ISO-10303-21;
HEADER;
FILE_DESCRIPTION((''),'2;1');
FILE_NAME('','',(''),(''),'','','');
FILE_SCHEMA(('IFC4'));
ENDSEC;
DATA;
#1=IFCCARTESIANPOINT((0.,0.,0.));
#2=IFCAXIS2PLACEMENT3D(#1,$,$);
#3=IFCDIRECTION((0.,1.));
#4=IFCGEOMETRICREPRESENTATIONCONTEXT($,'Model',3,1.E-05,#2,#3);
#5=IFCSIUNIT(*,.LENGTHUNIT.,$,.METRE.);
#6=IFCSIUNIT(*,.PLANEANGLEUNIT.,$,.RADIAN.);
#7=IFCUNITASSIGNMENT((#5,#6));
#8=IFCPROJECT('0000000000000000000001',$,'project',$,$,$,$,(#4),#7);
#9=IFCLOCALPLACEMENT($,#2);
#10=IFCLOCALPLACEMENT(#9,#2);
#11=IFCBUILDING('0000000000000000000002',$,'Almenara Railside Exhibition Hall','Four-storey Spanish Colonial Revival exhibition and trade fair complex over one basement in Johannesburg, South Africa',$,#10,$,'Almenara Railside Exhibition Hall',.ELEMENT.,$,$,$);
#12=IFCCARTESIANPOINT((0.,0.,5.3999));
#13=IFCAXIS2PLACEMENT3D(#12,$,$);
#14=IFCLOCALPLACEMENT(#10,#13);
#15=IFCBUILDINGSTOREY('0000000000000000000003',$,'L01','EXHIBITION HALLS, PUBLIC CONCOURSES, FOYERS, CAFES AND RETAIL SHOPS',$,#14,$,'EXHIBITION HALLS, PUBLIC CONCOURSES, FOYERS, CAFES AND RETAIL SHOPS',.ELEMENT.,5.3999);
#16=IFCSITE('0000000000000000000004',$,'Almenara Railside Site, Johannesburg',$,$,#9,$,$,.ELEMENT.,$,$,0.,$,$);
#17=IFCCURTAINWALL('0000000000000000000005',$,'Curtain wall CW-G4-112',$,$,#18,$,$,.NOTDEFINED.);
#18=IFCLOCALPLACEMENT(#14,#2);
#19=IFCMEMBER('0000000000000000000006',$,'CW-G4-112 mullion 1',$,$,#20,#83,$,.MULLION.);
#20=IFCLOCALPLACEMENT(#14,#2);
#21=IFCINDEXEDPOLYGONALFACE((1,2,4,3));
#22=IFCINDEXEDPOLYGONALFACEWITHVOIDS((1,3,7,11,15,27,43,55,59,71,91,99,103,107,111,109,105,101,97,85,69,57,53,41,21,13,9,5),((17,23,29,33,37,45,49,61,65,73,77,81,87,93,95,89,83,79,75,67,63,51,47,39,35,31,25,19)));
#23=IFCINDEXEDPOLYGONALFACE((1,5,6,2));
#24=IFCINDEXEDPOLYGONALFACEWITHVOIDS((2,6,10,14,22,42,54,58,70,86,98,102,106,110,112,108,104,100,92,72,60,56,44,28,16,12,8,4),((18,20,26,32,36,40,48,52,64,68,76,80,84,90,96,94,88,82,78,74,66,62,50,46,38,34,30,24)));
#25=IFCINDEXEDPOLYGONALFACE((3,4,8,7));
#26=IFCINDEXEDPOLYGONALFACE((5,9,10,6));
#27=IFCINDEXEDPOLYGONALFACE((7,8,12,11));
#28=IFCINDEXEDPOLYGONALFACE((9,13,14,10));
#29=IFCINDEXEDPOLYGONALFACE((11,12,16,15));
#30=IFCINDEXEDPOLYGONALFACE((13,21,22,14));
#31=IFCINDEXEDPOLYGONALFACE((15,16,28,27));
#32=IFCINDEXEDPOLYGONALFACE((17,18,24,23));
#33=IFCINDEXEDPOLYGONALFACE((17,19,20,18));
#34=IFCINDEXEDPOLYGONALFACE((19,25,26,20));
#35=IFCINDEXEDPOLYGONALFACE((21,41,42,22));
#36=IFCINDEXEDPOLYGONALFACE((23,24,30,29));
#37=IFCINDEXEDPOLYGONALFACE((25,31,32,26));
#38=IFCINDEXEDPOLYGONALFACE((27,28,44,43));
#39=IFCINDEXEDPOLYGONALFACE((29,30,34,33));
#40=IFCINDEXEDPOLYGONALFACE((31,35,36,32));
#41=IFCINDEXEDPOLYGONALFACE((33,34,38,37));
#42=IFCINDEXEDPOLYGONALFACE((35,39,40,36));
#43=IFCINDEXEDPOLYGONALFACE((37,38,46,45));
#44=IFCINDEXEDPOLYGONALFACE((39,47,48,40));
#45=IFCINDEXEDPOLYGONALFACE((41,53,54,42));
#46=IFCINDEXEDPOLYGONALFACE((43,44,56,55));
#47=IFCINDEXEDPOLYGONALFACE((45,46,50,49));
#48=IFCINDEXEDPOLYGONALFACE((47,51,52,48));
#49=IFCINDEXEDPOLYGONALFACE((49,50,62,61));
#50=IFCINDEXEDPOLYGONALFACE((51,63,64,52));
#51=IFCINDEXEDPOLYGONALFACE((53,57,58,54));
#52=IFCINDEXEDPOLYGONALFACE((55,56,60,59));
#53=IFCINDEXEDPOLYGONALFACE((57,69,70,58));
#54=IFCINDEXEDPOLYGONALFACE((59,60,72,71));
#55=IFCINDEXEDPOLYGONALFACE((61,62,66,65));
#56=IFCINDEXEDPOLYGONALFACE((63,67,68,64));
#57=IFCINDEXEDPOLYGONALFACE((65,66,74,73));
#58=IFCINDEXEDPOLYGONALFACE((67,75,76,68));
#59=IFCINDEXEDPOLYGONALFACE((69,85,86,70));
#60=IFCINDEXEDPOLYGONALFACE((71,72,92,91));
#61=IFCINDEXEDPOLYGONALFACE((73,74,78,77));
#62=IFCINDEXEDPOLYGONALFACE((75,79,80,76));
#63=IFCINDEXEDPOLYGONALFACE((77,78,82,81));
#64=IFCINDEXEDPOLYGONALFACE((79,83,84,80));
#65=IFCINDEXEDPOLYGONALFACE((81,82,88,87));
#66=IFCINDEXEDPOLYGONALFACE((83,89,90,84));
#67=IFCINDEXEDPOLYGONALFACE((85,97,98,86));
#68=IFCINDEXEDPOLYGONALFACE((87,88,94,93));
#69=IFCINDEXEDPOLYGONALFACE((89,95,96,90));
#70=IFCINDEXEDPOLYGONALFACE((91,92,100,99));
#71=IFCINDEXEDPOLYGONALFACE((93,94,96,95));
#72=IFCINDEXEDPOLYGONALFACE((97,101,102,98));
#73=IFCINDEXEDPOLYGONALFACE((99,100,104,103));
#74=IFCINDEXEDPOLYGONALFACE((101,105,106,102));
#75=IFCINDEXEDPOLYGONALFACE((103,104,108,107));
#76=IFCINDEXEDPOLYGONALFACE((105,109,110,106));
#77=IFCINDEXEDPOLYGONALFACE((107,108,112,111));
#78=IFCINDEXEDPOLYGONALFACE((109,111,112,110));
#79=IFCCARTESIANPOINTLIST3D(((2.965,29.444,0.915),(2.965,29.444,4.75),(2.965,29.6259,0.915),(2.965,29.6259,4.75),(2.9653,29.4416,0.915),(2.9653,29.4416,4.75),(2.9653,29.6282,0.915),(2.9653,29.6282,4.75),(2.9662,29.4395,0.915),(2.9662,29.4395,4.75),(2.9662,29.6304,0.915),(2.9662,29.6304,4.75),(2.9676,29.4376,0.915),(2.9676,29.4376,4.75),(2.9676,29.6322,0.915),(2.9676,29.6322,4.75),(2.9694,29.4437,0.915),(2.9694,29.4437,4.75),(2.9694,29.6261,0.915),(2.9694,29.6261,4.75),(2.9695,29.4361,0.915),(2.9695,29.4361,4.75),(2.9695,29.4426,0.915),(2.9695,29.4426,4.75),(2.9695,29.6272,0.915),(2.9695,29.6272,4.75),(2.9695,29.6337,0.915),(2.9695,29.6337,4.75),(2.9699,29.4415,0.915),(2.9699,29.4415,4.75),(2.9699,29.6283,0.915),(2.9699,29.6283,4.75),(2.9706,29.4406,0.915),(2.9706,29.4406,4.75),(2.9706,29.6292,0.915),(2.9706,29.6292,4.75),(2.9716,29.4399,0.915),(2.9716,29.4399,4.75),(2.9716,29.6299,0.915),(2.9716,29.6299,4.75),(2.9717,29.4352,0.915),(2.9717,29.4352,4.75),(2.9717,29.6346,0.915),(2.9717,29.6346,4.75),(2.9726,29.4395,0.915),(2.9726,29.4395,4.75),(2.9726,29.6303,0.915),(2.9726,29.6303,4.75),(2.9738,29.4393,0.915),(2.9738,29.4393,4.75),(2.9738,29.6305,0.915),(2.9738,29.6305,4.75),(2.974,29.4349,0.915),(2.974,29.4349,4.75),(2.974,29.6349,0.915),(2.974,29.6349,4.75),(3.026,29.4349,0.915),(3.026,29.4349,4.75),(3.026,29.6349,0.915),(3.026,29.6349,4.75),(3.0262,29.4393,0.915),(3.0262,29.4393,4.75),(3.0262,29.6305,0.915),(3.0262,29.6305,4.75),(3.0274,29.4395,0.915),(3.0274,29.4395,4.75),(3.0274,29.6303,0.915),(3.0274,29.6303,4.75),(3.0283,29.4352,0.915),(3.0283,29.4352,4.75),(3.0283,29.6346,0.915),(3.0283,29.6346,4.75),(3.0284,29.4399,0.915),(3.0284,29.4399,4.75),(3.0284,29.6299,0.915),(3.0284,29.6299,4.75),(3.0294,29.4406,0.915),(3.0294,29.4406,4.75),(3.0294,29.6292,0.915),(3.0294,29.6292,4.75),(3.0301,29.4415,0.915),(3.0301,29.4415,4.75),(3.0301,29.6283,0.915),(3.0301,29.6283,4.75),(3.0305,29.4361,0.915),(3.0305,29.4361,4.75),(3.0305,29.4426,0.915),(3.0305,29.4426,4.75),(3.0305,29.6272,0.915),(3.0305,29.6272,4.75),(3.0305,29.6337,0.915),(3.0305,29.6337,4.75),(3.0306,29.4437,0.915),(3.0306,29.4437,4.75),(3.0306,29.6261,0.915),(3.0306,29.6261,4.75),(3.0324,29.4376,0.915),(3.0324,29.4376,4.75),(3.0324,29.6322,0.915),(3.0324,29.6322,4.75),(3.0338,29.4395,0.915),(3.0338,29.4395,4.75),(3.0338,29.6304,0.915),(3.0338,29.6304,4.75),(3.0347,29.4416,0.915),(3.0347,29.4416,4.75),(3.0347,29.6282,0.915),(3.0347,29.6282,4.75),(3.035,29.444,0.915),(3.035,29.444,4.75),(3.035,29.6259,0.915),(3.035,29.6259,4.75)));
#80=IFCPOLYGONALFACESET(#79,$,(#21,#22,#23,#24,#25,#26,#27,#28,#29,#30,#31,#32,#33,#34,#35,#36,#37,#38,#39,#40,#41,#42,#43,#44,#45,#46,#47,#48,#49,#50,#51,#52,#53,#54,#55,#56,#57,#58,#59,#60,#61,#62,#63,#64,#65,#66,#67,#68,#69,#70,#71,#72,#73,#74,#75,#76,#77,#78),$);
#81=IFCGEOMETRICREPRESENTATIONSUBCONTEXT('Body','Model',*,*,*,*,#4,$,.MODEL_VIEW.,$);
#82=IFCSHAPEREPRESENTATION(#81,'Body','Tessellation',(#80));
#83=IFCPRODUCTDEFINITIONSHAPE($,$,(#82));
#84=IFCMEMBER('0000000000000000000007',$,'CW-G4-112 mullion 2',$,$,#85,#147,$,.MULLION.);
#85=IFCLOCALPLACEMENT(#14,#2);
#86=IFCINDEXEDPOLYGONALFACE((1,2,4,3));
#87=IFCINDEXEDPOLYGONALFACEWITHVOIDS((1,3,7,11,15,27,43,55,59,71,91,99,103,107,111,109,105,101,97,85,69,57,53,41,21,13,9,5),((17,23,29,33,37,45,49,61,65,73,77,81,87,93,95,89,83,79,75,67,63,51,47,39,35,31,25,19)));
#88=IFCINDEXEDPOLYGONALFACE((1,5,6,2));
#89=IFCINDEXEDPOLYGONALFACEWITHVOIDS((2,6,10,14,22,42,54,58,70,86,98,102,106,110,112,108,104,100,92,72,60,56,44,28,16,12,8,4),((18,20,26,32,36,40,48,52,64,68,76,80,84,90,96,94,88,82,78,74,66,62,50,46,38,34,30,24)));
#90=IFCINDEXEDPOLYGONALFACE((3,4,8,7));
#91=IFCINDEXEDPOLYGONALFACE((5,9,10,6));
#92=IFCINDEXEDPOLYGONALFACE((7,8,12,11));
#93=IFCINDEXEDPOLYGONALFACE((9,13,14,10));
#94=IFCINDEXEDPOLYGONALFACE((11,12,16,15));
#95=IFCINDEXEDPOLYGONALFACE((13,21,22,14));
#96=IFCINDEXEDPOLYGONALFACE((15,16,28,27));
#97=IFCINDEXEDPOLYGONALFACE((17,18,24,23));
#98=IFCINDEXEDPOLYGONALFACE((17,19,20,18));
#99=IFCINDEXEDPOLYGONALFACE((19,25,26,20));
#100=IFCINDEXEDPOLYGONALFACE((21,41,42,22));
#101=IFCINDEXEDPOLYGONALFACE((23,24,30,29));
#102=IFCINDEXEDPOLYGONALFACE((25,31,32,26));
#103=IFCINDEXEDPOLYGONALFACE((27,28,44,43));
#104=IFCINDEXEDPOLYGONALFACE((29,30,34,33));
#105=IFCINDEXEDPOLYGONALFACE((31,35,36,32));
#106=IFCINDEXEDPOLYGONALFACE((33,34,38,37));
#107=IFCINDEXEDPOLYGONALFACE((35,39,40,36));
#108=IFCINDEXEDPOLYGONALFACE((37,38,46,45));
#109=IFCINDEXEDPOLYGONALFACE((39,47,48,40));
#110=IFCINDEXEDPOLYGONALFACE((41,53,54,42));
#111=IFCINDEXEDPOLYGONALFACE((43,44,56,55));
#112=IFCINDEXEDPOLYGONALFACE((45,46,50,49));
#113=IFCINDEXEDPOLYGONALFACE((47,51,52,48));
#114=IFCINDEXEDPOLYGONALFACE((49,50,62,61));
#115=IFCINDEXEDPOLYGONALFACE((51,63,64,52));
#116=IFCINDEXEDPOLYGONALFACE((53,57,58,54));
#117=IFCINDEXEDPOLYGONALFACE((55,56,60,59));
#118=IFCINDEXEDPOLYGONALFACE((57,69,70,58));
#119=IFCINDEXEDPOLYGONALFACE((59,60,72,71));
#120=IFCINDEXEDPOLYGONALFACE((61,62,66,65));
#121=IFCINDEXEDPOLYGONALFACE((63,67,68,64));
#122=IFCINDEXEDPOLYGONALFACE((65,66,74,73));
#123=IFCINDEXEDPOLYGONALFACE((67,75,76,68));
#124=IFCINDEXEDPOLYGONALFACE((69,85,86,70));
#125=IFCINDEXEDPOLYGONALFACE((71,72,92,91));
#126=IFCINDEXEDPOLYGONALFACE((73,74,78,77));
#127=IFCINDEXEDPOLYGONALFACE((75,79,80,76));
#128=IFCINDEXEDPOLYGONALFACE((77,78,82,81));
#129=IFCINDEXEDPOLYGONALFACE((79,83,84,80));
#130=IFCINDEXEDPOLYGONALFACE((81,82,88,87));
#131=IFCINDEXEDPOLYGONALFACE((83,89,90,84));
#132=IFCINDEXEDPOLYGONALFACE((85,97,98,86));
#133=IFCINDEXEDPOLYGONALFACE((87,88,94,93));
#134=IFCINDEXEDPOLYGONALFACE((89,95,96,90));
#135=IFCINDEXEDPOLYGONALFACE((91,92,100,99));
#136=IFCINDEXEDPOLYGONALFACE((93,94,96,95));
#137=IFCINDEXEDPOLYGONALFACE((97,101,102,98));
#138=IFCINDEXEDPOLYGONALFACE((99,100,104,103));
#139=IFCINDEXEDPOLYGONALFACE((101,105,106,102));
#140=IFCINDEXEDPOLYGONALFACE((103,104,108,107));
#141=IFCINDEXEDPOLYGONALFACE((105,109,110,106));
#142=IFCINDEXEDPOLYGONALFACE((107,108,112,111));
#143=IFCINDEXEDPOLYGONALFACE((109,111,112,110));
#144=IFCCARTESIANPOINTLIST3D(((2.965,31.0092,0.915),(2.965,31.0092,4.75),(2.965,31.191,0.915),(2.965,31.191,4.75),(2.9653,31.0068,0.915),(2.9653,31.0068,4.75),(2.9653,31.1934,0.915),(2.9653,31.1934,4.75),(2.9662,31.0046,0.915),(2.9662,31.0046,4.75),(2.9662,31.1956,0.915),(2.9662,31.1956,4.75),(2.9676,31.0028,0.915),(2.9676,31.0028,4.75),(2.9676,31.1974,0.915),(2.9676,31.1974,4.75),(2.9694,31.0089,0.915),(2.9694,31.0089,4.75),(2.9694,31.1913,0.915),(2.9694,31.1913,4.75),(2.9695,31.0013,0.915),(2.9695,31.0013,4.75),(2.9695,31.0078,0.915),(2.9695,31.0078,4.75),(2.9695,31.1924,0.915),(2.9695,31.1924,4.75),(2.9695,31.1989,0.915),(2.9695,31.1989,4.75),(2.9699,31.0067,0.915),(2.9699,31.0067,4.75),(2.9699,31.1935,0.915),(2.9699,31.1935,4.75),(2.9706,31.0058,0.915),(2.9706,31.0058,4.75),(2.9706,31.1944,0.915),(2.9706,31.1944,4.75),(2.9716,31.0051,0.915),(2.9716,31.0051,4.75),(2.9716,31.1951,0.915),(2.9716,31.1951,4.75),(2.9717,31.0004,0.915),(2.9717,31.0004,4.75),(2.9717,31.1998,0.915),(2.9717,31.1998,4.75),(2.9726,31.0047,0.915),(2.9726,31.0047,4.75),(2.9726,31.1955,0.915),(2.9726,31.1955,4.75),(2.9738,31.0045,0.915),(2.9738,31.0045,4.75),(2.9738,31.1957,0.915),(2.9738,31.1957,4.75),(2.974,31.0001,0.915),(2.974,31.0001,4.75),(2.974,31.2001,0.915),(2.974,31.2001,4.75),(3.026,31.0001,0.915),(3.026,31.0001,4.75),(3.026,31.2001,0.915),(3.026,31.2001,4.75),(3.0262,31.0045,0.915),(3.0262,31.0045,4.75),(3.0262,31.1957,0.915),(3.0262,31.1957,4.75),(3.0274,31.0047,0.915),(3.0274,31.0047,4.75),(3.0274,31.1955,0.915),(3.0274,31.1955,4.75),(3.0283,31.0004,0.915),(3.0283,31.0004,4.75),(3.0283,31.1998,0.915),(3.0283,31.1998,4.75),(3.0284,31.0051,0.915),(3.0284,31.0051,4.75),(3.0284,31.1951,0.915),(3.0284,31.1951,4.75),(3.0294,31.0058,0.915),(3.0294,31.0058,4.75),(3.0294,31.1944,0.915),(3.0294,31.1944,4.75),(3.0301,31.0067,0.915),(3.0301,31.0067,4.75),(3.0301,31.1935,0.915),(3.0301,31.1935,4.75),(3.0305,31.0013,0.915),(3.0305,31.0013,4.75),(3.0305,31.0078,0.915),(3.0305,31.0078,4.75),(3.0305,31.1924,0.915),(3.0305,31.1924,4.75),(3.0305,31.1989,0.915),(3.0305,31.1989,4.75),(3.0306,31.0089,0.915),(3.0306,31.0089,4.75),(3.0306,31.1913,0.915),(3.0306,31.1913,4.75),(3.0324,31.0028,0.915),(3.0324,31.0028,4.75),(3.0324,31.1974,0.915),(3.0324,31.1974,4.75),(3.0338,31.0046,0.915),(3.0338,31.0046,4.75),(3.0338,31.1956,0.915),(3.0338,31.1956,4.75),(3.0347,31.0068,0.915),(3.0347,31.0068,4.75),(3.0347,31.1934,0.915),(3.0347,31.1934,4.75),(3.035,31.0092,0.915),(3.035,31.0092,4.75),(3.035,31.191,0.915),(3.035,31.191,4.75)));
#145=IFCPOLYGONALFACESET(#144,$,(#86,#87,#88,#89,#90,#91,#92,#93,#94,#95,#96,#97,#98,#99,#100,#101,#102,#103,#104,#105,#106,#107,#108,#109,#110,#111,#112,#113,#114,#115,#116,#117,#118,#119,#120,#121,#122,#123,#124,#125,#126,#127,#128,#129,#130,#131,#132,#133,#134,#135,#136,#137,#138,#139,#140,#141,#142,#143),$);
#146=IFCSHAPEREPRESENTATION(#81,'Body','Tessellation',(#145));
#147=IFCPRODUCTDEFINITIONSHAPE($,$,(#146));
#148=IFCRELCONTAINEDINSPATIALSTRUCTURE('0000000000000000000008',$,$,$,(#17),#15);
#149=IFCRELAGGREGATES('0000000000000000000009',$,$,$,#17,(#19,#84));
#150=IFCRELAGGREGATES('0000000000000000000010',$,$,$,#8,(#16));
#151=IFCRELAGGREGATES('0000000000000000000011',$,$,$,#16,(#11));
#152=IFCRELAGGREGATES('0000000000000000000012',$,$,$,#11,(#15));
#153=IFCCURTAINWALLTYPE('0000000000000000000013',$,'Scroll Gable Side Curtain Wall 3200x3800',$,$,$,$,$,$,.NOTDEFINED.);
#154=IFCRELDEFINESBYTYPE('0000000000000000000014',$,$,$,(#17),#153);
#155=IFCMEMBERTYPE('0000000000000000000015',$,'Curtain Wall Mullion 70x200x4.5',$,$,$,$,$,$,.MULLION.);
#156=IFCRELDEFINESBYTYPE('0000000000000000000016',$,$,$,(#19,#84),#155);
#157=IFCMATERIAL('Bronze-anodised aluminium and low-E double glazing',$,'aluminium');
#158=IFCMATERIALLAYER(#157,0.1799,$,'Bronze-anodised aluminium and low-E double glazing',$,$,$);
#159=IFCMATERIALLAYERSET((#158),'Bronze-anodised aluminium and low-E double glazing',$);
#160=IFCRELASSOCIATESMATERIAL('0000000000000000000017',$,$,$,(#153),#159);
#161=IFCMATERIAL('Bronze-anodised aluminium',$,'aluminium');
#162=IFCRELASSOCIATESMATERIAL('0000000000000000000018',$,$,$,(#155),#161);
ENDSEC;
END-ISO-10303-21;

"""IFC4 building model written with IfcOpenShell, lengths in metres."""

from ifc_helpers import new_model, si_unit, direction, frame, origin, origin_2d, place, context, subcontext, project, spatial, hollow_rectangle, extrude, material, layer, layer_set, material_profile, profile_set, type_object, element, aggregate, save


model = new_model("IFC4")

# Units and contexts
model_context = context("Model", 3, precision=1e-05, world=origin(), true_north=direction((0.0, 1.0)))
body_context = subcontext(model_context, "Body", "Model", "MODEL_VIEW")
ifc_project = project(units=[si_unit("LENGTHUNIT", "METRE"), si_unit("PLANEANGLEUNIT", "RADIAN")], contexts=[model_context])

# Site, building, storey
site_placement = place(None, origin())
site = spatial("IfcSite", under=ifc_project, at=site_placement, Name="Almenara Railside Site, Johannesburg", CompositionType="ELEMENT", RefElevation=0.0)
building_placement = place(site_placement, origin())
building = spatial("IfcBuilding", under=site, at=building_placement, Name="Almenara Railside Exhibition Hall", Description="Four-storey Spanish Colonial Revival exhibition and trade fair complex over one basement in Johannesburg, South Africa", LongName="Almenara Railside Exhibition Hall", CompositionType="ELEMENT")
storey_placement = place(building_placement, frame((0.0, 0.0, 5.3999)))
storey = spatial("IfcBuildingStorey", under=building, at=storey_placement, Name="L01", Description="EXHIBITION HALLS, PUBLIC CONCOURSES, FOYERS, CAFES AND RETAIL SHOPS", LongName="EXHIBITION HALLS, PUBLIC CONCOURSES, FOYERS, CAFES AND RETAIL SHOPS", CompositionType="ELEMENT", Elevation=5.3999)

# Curtain wall, members
ifc_material_1 = material(Name="Bronze-anodised aluminium and low-E double glazing", Category="aluminium")
ifc_layer_1 = layer(ifc_material_1, 0.1799, Name="Bronze-anodised aluminium and low-E double glazing")
ifc_layer_set_1 = layer_set([ifc_layer_1], Name="Bronze-anodised aluminium and low-E double glazing")
curtain_wall_type = type_object("IfcCurtainWallType", Name="Scroll Gable Side Curtain Wall 3200x3800", PredefinedType="NOTDEFINED", material=ifc_layer_set_1)
ifc_material_2 = material(Name="Bronze-anodised aluminium", Category="aluminium")
curtain_wall_1_placement = place(storey_placement, origin())
curtain_wall_1 = element("IfcCurtainWall", 1, at=curtain_wall_1_placement, inside=storey, type_object=curtain_wall_type, Name="Curtain wall CW-G4-112", PredefinedType="NOTDEFINED")
ifc_material_profile_1 = material_profile(ifc_material_2, hollow_rectangle(XDim=0.0701, YDim=0.2, WallThickness=0.0044, InnerFilletRadius=0.0044, OuterFilletRadius=0.009, at=origin_2d()), Name="ALU-MUL 70x200x4.5")
ifc_profile_set_1 = profile_set([ifc_material_profile_1], Name="Bronze-anodised aluminium")
member_type_1 = type_object("IfcMemberType", Name="Curtain Wall Mullion 70x200x4.5", PredefinedType="MULLION", material=ifc_profile_set_1)
member_1_placement = place(storey_placement, frame((3.0, 29.5349, 0.915), z_axis=(0.0, 0.0, 1.0), x_axis=(-1.0, 0.0, 0.0)))
member_1 = element("IfcMember", 2, at=member_1_placement, type_object=member_type_1, Name="CW-G4-112 mullion 1", PredefinedType="MULLION", context=body_context, shape_type="SweptSolid", body=[
    extrude(hollow_rectangle(XDim=0.0701, YDim=0.2, WallThickness=0.0044, InnerFilletRadius=0.0044, OuterFilletRadius=0.009, at=origin_2d()), origin(), (0.0, 0.0, 1.0), 3.835),
])
member_2_placement = place(storey_placement, frame((3.0, 31.1001, 0.915), z_axis=(0.0, 0.0, 1.0), x_axis=(-1.0, 0.0, 0.0)))
member_2 = element("IfcMember", 3, at=member_2_placement, type_object=member_type_1, Name="CW-G4-112 mullion 2", PredefinedType="MULLION", context=body_context, shape_type="SweptSolid", body=[
    extrude(hollow_rectangle(XDim=0.0701, YDim=0.2, WallThickness=0.0044, InnerFilletRadius=0.0044, OuterFilletRadius=0.009, at=origin_2d()), origin(), (0.0, 0.0, 1.0), 3.835),
])

aggregate(curtain_wall_1, [member_1, member_2])

save(model, "model.ifc")
